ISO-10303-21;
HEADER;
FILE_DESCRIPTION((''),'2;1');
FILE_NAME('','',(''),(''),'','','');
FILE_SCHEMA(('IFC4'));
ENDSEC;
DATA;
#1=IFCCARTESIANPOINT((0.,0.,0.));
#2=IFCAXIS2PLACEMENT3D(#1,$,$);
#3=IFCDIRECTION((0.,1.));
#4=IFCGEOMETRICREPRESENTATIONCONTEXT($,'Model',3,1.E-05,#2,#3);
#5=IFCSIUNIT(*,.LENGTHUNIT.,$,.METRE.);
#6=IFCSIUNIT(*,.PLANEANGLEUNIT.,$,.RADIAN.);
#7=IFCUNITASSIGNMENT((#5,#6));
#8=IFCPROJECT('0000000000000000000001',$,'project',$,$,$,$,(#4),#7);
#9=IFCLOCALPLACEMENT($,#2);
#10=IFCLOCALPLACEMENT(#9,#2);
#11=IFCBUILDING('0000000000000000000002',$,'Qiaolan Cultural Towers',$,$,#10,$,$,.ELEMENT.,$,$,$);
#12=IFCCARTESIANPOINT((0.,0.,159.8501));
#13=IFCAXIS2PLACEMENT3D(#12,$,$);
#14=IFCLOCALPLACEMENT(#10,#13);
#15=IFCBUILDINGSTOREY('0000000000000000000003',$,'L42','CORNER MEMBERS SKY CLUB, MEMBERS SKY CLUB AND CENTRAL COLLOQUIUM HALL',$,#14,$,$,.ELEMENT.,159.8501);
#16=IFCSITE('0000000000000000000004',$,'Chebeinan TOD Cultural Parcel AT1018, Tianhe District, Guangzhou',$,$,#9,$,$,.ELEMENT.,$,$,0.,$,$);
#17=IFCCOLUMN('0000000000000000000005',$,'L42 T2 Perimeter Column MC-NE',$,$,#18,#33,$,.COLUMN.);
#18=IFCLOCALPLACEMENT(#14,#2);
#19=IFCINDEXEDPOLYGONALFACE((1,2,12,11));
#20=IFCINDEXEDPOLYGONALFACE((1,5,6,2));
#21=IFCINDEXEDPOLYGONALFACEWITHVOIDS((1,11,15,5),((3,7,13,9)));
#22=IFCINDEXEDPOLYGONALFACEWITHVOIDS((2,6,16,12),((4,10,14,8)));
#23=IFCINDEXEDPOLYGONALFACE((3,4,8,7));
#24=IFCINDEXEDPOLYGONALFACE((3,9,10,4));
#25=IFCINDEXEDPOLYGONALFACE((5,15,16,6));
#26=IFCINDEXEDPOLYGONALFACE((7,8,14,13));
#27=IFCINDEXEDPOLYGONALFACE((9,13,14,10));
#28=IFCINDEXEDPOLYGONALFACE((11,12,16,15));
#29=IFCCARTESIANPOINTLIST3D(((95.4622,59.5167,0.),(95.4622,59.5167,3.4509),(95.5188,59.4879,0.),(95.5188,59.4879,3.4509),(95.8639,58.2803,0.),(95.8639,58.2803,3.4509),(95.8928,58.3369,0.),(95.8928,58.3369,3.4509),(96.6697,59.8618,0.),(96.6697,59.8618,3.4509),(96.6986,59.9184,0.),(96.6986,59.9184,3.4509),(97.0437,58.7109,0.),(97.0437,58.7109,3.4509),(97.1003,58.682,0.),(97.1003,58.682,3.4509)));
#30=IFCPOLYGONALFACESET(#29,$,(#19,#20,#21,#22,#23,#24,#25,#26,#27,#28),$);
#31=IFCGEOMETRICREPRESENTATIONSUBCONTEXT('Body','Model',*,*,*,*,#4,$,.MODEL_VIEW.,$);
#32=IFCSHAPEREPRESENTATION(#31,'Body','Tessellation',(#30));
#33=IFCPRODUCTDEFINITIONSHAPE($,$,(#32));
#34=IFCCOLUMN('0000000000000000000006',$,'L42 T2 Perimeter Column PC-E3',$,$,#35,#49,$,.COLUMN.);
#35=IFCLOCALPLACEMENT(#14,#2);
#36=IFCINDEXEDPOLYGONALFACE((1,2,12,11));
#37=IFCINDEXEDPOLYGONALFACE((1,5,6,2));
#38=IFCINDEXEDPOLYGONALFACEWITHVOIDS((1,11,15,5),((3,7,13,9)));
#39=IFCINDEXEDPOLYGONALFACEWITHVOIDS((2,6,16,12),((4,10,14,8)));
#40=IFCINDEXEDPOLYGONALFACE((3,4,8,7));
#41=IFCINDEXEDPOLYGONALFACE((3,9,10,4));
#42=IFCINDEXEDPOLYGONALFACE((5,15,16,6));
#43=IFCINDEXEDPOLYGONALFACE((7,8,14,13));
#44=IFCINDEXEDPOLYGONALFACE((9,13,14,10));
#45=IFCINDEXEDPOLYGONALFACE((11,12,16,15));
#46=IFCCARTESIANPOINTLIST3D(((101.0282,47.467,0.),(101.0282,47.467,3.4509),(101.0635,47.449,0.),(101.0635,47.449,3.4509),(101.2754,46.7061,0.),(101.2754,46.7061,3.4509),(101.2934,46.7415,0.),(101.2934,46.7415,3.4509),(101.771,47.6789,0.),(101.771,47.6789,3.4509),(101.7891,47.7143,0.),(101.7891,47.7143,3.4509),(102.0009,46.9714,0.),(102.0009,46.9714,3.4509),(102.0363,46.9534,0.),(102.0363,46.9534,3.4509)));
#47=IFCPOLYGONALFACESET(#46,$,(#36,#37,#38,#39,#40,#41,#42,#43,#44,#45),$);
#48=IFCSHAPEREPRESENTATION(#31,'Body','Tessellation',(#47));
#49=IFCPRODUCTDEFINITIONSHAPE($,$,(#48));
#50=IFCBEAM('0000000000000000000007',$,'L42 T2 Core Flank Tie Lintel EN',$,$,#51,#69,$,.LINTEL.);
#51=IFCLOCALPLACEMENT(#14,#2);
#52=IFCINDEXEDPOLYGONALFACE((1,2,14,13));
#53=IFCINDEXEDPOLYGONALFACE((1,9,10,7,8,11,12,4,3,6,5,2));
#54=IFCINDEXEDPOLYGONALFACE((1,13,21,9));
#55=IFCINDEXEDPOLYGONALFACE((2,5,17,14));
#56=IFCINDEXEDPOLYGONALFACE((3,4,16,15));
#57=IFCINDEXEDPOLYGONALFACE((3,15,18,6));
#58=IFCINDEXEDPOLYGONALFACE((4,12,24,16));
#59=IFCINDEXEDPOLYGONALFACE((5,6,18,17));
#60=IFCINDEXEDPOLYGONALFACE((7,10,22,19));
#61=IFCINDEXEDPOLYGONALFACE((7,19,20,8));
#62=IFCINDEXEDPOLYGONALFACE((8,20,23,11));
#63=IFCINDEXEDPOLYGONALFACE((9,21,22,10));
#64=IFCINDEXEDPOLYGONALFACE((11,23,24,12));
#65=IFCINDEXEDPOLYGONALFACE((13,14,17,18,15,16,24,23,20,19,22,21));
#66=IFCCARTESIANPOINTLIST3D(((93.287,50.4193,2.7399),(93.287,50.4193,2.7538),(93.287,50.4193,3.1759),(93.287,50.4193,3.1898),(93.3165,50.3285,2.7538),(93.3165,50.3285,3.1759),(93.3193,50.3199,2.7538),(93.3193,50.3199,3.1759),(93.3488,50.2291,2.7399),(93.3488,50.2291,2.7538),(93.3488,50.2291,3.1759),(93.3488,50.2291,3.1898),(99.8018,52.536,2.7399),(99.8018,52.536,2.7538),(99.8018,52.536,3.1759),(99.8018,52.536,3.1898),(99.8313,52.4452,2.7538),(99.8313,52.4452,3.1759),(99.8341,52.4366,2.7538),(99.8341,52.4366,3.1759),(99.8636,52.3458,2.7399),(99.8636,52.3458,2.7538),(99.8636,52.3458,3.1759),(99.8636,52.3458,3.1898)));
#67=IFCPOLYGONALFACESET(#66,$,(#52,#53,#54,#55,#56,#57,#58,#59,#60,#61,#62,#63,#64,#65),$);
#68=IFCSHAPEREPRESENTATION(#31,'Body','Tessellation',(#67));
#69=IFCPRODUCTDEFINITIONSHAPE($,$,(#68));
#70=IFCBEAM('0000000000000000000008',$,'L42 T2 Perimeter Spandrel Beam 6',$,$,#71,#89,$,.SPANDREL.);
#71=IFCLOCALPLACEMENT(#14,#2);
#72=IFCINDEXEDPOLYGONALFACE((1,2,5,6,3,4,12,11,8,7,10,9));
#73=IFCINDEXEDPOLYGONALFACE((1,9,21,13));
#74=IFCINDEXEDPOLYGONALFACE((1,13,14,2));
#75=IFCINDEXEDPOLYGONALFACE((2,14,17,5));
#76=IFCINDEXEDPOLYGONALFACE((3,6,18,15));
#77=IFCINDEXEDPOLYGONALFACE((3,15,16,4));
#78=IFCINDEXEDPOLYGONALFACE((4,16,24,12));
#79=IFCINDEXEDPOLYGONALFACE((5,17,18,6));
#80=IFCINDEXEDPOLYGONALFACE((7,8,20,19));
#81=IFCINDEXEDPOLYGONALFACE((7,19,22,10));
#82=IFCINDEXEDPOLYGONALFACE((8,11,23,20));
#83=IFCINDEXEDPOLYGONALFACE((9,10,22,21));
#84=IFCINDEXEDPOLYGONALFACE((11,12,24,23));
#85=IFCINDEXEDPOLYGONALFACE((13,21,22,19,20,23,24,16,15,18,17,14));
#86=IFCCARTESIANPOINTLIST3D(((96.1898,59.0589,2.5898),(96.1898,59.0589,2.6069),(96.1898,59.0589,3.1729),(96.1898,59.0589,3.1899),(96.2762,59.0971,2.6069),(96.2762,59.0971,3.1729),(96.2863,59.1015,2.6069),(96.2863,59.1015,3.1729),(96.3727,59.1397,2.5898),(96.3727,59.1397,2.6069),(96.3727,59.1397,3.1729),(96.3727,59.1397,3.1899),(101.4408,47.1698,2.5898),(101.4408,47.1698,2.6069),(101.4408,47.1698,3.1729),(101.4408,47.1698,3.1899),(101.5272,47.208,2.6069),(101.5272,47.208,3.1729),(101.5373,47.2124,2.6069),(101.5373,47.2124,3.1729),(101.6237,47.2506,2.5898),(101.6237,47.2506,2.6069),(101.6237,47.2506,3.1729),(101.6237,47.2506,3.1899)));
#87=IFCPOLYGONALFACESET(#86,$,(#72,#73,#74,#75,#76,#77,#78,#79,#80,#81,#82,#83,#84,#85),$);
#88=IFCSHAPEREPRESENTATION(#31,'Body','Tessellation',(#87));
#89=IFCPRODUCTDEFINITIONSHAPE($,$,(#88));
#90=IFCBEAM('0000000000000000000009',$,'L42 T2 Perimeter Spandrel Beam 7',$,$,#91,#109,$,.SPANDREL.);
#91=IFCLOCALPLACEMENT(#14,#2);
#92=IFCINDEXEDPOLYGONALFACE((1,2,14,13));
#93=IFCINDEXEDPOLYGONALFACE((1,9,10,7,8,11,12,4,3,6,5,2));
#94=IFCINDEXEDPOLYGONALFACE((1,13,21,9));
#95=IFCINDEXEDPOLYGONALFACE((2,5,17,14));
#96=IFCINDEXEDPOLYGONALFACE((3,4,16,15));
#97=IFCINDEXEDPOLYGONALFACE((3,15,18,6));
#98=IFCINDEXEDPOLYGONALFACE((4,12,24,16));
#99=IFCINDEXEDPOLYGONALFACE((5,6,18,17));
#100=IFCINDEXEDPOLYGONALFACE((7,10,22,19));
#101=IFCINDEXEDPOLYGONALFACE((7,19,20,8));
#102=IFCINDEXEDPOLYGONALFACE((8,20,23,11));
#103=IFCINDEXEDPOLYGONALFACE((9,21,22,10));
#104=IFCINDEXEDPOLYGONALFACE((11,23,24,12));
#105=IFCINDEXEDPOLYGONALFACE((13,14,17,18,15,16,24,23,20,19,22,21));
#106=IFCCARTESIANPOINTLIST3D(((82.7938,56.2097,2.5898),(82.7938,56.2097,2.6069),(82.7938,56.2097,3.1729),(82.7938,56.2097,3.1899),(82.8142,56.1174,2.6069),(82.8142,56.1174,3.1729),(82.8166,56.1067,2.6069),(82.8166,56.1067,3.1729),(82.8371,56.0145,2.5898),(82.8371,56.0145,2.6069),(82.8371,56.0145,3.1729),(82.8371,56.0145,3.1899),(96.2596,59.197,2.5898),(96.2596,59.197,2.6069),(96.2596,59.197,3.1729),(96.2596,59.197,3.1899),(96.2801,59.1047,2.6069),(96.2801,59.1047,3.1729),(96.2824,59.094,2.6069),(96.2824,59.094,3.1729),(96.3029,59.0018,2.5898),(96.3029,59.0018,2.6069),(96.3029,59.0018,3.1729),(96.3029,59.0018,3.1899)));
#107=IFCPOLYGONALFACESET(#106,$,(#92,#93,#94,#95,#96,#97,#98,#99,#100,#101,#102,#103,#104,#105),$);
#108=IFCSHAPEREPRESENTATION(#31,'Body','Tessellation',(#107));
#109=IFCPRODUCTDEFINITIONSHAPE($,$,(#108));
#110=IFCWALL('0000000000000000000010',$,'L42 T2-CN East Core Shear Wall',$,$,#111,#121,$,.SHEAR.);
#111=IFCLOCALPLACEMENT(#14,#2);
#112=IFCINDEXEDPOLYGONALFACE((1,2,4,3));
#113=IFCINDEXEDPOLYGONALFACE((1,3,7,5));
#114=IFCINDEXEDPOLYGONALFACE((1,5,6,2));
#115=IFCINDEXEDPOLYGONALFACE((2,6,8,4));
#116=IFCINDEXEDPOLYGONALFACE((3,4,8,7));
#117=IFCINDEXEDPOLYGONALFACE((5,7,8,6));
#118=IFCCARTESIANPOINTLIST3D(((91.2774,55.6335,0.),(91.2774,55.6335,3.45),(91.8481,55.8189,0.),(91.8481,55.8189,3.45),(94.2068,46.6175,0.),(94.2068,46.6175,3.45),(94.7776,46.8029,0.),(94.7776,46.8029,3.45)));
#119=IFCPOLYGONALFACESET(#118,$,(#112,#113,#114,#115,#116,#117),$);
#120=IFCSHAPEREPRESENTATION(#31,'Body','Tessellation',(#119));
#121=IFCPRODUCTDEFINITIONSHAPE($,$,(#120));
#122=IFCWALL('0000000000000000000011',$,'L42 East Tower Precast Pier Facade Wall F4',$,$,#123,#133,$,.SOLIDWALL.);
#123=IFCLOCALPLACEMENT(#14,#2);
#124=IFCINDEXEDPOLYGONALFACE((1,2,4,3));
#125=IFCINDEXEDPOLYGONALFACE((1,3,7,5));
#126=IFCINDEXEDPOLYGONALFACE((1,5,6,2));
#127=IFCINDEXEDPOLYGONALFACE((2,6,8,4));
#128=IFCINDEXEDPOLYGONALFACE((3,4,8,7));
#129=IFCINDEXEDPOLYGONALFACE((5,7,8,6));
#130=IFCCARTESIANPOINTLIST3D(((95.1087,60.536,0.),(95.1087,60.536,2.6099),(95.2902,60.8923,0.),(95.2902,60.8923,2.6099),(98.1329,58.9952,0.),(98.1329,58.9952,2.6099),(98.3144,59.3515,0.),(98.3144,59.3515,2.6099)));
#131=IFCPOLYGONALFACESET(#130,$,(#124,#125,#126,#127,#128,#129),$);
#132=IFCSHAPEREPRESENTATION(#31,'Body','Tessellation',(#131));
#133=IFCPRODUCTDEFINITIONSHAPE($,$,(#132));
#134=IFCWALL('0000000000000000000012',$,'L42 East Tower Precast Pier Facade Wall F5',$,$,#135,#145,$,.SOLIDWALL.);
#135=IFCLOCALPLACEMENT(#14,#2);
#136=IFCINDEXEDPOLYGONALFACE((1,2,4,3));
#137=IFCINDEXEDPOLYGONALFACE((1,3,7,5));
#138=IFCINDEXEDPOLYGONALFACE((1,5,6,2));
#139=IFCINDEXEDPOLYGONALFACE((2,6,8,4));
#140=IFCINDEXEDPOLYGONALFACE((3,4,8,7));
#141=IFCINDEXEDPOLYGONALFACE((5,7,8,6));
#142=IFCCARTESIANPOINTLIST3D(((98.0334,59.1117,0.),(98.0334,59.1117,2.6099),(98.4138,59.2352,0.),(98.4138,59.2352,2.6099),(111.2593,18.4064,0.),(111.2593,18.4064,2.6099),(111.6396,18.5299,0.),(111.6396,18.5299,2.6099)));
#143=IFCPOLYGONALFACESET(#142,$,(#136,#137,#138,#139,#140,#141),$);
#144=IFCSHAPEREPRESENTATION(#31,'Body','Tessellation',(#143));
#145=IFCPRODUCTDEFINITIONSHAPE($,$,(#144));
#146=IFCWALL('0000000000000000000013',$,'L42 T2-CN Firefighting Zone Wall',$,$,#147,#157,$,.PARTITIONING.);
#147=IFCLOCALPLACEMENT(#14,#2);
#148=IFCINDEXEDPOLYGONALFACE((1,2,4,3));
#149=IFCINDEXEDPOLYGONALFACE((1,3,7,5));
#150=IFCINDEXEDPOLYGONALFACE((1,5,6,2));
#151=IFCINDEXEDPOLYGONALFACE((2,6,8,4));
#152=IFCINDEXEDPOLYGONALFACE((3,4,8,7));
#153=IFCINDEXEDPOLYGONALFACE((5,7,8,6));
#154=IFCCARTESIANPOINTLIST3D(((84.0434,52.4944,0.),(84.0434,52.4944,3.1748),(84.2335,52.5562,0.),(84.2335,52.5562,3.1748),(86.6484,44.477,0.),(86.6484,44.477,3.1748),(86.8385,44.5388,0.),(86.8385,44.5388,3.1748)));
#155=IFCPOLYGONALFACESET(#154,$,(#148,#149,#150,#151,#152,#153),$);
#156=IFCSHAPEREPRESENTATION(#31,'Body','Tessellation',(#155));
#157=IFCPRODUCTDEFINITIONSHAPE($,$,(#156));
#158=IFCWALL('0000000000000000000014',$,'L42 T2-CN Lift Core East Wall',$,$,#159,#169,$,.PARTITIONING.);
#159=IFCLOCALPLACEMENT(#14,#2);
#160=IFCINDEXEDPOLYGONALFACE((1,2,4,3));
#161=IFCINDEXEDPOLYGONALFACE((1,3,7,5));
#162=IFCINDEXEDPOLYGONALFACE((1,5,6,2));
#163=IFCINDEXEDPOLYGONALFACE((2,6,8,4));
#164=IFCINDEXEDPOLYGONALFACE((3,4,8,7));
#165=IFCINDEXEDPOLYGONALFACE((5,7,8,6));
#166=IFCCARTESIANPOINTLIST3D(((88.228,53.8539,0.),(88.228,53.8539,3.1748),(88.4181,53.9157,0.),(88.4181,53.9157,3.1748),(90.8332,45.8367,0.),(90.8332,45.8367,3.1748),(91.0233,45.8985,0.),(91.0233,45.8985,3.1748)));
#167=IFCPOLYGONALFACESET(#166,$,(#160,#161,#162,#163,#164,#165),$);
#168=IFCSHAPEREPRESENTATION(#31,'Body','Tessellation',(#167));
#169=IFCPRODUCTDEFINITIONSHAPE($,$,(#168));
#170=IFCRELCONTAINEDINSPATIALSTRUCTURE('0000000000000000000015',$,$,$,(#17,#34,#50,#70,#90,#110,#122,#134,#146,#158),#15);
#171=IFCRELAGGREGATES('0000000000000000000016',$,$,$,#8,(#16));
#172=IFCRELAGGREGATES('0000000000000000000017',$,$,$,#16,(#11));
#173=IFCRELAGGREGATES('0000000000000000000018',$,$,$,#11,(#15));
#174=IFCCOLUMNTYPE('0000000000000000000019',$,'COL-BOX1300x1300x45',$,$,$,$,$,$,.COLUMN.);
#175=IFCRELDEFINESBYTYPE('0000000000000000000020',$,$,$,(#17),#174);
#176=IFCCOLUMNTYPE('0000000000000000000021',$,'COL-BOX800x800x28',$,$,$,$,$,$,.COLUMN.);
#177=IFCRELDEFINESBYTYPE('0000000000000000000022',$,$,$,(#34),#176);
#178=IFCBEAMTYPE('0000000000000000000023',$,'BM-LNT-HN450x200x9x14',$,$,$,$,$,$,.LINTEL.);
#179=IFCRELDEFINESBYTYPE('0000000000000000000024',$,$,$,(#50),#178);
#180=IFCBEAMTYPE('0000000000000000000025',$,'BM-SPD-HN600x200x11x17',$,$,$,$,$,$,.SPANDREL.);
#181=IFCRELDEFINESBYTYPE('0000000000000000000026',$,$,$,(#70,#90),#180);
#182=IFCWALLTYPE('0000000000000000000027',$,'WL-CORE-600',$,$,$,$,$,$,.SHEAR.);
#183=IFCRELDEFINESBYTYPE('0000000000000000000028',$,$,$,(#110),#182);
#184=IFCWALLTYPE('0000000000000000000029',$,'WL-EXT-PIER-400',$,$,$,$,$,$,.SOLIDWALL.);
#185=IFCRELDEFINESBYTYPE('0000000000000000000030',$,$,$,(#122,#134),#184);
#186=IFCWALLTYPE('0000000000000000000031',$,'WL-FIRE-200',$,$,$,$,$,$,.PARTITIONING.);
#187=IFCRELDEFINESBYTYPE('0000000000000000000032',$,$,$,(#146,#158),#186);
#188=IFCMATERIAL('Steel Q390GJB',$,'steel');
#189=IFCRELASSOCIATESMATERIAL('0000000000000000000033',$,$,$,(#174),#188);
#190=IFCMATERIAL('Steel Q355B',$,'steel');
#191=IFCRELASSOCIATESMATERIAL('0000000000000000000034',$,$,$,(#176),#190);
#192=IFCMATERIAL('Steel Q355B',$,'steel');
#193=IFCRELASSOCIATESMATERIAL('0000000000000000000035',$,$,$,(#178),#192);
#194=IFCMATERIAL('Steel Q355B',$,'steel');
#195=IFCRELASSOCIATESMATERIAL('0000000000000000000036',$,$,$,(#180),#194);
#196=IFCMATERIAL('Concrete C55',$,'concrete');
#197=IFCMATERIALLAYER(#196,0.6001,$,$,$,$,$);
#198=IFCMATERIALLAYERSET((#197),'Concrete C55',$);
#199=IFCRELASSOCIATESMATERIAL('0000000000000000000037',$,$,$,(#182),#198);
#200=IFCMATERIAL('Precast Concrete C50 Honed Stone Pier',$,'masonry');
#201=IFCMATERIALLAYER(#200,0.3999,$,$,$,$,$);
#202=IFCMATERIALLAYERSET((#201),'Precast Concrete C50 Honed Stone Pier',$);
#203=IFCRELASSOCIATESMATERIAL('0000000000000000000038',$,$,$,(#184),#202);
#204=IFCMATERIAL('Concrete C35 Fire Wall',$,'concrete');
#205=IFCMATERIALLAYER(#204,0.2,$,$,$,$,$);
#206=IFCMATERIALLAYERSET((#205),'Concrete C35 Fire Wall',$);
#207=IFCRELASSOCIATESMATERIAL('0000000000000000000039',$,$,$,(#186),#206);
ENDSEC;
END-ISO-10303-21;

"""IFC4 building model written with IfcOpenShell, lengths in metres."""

from ifc_helpers import new_model, si_unit, direction, frame, frame_2d, origin, origin_2d, place, context, subcontext, project, spatial, rectangle, hollow_rectangle, i_section, extrude, material, layer, layer_set, material_profile, profile_set, type_object, element, save


model = new_model("IFC4")

# Units and contexts
model_context = context("Model", 3, precision=1e-05, world=origin(), true_north=direction((0.0, 1.0)))
body_context = subcontext(model_context, "Body", "Model", "MODEL_VIEW")
ifc_project = project(units=[si_unit("LENGTHUNIT", "METRE"), si_unit("PLANEANGLEUNIT", "RADIAN")], contexts=[model_context])

# Site, building, storey
site_placement = place(None, origin())
site = spatial("IfcSite", under=ifc_project, at=site_placement, Name="Chebeinan TOD Cultural Parcel AT1018, Tianhe District, Guangzhou", CompositionType="ELEMENT", RefElevation=0.0)
building_placement = place(site_placement, origin())
building = spatial("IfcBuilding", under=site, at=building_placement, Name="Qiaolan Cultural Towers", CompositionType="ELEMENT")
storey_placement = place(building_placement, frame((0.0, 0.0, 159.8501)))
storey = spatial("IfcBuildingStorey", under=building, at=storey_placement, Name="L42", Description="CORNER MEMBERS SKY CLUB, MEMBERS SKY CLUB AND CENTRAL COLLOQUIUM HALL", CompositionType="ELEMENT", Elevation=159.8501)

# Columns
ifc_material_1 = material(Name="Steel Q390GJB", Category="steel")
ifc_material_profile_1 = material_profile(ifc_material_1, hollow_rectangle(XDim=1.3, YDim=1.3, WallThickness=0.0449, at=origin_2d()), Name="BOX1300x1300x45")
ifc_profile_set_1 = profile_set([ifc_material_profile_1], Name="Steel Q390GJB")
column_type_1 = type_object("IfcColumnType", Name="COL-BOX1300x1300x45", PredefinedType="COLUMN", material=ifc_profile_set_1)
column_1_placement = place(storey_placement, frame((96.2812, 59.0994, 0.0), z_axis=(0.0, 0.0, 1.0), x_axis=(0.951057, 0.309017, 0.0)))
element("IfcColumn", 1, at=column_1_placement, inside=storey, type_object=column_type_1, Name="L42 T2 Perimeter Column MC-NE", PredefinedType="COLUMN", context=body_context, shape_type="SweptSolid", body=[
    extrude(hollow_rectangle(XDim=1.3, YDim=1.3, WallThickness=0.0449, at=origin_2d()), origin(), (0.0, 0.0, 1.0), 3.4509),
])
ifc_material_2 = material(Name="Steel Q355B", Category="steel")
ifc_material_profile_2 = material_profile(ifc_material_2, hollow_rectangle(XDim=0.8, YDim=0.8, WallThickness=0.0281, at=origin_2d()), Name="BOX800x800x28")
ifc_profile_set_2 = profile_set([ifc_material_profile_2], Name="Steel Q355B")
column_type_2 = type_object("IfcColumnType", Name="COL-BOX800x800x28", PredefinedType="COLUMN", material=ifc_profile_set_2)
column_2_placement = place(storey_placement, frame((101.5322, 47.2102, 0.0), z_axis=(0.0, 0.0, 1.0), x_axis=(0.951057, 0.309017, 0.0)))
element("IfcColumn", 2, at=column_2_placement, inside=storey, type_object=column_type_2, Name="L42 T2 Perimeter Column PC-E3", PredefinedType="COLUMN", context=body_context, shape_type="SweptSolid", body=[
    extrude(hollow_rectangle(XDim=0.8, YDim=0.8, WallThickness=0.0281, at=origin_2d()), origin(), (0.0, 0.0, 1.0), 3.4509),
])

# Beams
ifc_material_3 = material(Name="Steel Q355B", Category="steel")
ifc_material_profile_3 = material_profile(ifc_material_3, i_section(OverallWidth=0.2, OverallDepth=0.45, WebThickness=0.009, FlangeThickness=0.0139, at=origin_2d()), Name="HN450x200x9x14")
ifc_profile_set_3 = profile_set([ifc_material_profile_3], Name="Steel Q355B")
beam_type_1 = type_object("IfcBeamType", Name="BM-LNT-HN450x200x9x14", PredefinedType="LINTEL", material=ifc_profile_set_3)
beam_1_placement = place(storey_placement, frame((93.3179, 50.3242, 2.9648), z_axis=(0.951062, 0.309001, 0.0), x_axis=(-0.309001, 0.951062, 0.0)))
element("IfcBeam", 3, at=beam_1_placement, inside=storey, type_object=beam_type_1, Name="L42 T2 Core Flank Tie Lintel EN", PredefinedType="LINTEL", context=body_context, shape_type="SweptSolid", body=[
    extrude(i_section(OverallWidth=0.2, OverallDepth=0.45, WebThickness=0.009, FlangeThickness=0.0139, at=origin_2d()), origin(), (0.0, 0.0, 1.0), 6.8501),
])
ifc_material_4 = material(Name="Steel Q355B", Category="steel")
ifc_material_profile_4 = material_profile(ifc_material_4, i_section(OverallWidth=0.2, OverallDepth=0.6001, WebThickness=0.011, FlangeThickness=0.0171, at=origin_2d()), Name="HN600x200x11x17")
ifc_profile_set_4 = profile_set([ifc_material_profile_4], Name="Steel Q355B")
beam_type_2 = type_object("IfcBeamType", Name="BM-SPD-HN600x200x11x17", PredefinedType="SPANDREL", material=ifc_profile_set_4)
beam_2_placement = place(storey_placement, frame((101.5322, 47.2102, 2.8899), z_axis=(-0.404011, 0.914754, 0.0), x_axis=(-0.914754, -0.404011, 0.0)))
element("IfcBeam", 4, at=beam_2_placement, inside=storey, type_object=beam_type_2, Name="L42 T2 Perimeter Spandrel Beam 6", PredefinedType="SPANDREL", context=body_context, shape_type="SweptSolid", body=[
    extrude(i_section(OverallWidth=0.2, OverallDepth=0.6001, WebThickness=0.011, FlangeThickness=0.0171, at=origin_2d()), origin(), (0.0, 0.0, 1.0), 12.9971),
])
beam_3_placement = place(storey_placement, frame((96.2812, 59.0994, 2.8899), z_axis=(-0.976265, -0.216578, 0.0), x_axis=(0.216578, -0.976265, 0.0)))
element("IfcBeam", 5, at=beam_3_placement, inside=storey, type_object=beam_type_2, Name="L42 T2 Perimeter Spandrel Beam 7", PredefinedType="SPANDREL", context=body_context, shape_type="SweptSolid", body=[
    extrude(i_section(OverallWidth=0.2, OverallDepth=0.6001, WebThickness=0.011, FlangeThickness=0.0171, at=origin_2d()), origin(), (0.0, 0.0, 1.0), 13.7932),
])

# Walls
ifc_material_5 = material(Name="Concrete C55", Category="concrete")
ifc_layer_1 = layer(ifc_material_5, 0.6001)
ifc_layer_set_1 = layer_set([ifc_layer_1], Name="Concrete C55")
wall_type_1 = type_object("IfcWallType", Name="WL-CORE-600", PredefinedType="SHEAR", material=ifc_layer_set_1)
wall_1_placement = place(storey_placement, frame((94.4922, 46.7102, 0.0), z_axis=(0.0, 0.0, 1.0), x_axis=(-0.30901, 0.951059, 0.0)))
element("IfcWall", 6, at=wall_1_placement, inside=storey, type_object=wall_type_1, Name="L42 T2-CN East Core Shear Wall", PredefinedType="SHEAR", context=body_context, shape_type="SweptSolid", body=[
    extrude(rectangle(XDim=9.48, YDim=0.6001, at=frame_2d((4.74, 0.0))), origin(), (0.0, 0.0, 1.0), 3.45),
])
ifc_material_6 = material(Name="Precast Concrete C50 Honed Stone Pier", Category="masonry")
ifc_layer_2 = layer(ifc_material_6, 0.3999)
ifc_layer_set_2 = layer_set([ifc_layer_2], Name="Precast Concrete C50 Honed Stone Pier")
wall_type_2 = type_object("IfcWallType", Name="WL-EXT-PIER-400", PredefinedType="SOLIDWALL", material=ifc_layer_set_2)
wall_2_placement = place(storey_placement, frame((95.1995, 60.7141, 0.0), z_axis=(0.0, 0.0, 1.0), x_axis=(0.891021, -0.453962, 0.0)))
element("IfcWall", 7, at=wall_2_placement, inside=storey, type_object=wall_type_2, Name="L42 East Tower Precast Pier Facade Wall F4", PredefinedType="SOLIDWALL", context=body_context, shape_type="SweptSolid", body=[
    extrude(rectangle(XDim=3.394, YDim=0.3999, at=frame_2d((1.697, 0.0))), origin(), (0.0, 0.0, 1.0), 2.6099),
])
wall_3_placement = place(storey_placement, frame((98.2236, 59.1733, 0.0), z_axis=(0.0, 0.0, 1.0), x_axis=(0.309014, -0.951057, 0.0)))
element("IfcWall", 8, at=wall_3_placement, inside=storey, type_object=wall_type_2, Name="L42 East Tower Precast Pier Facade Wall F5", PredefinedType="SOLIDWALL", context=body_context, shape_type="SweptSolid", body=[
    extrude(rectangle(XDim=42.8, YDim=0.3999, at=frame_2d((21.3999, 0.0))), origin(), (0.0, 0.0, 1.0), 2.6099),
])
ifc_material_7 = material(Name="Concrete C35 Fire Wall", Category="concrete")
ifc_layer_3 = layer(ifc_material_7, 0.2)
ifc_layer_set_3 = layer_set([ifc_layer_3], Name="Concrete C35 Fire Wall")
wall_type_3 = type_object("IfcWallType", Name="WL-FIRE-200", PredefinedType="PARTITIONING", material=ifc_layer_set_3)
for number, where, z_axis, x_axis, name in (
    (9, (86.7434, 44.5081, 0.0), (0.0, 0.0, 1.0), (-0.309016, 0.951057, 0.0), "L42 T2-CN Firefighting Zone Wall"),
    (10, (90.9282, 45.8677, 0.0), (0.0, 0.0, 1.0), (-0.309042, 0.951048, 0.0), "L42 T2-CN Lift Core East Wall"),
):
    element("IfcWall", number, at=place(storey_placement, frame(where, z_axis=z_axis, x_axis=x_axis)), inside=storey, type_object=wall_type_3, Name=name, PredefinedType="PARTITIONING", context=body_context, shape_type="SweptSolid", body=[
        extrude(rectangle(XDim=8.4299, YDim=0.2, at=frame_2d((4.2148, 0.0))), origin(), (0.0, 0.0, 1.0), 3.1748),
    ])

save(model, "model.ifc")
